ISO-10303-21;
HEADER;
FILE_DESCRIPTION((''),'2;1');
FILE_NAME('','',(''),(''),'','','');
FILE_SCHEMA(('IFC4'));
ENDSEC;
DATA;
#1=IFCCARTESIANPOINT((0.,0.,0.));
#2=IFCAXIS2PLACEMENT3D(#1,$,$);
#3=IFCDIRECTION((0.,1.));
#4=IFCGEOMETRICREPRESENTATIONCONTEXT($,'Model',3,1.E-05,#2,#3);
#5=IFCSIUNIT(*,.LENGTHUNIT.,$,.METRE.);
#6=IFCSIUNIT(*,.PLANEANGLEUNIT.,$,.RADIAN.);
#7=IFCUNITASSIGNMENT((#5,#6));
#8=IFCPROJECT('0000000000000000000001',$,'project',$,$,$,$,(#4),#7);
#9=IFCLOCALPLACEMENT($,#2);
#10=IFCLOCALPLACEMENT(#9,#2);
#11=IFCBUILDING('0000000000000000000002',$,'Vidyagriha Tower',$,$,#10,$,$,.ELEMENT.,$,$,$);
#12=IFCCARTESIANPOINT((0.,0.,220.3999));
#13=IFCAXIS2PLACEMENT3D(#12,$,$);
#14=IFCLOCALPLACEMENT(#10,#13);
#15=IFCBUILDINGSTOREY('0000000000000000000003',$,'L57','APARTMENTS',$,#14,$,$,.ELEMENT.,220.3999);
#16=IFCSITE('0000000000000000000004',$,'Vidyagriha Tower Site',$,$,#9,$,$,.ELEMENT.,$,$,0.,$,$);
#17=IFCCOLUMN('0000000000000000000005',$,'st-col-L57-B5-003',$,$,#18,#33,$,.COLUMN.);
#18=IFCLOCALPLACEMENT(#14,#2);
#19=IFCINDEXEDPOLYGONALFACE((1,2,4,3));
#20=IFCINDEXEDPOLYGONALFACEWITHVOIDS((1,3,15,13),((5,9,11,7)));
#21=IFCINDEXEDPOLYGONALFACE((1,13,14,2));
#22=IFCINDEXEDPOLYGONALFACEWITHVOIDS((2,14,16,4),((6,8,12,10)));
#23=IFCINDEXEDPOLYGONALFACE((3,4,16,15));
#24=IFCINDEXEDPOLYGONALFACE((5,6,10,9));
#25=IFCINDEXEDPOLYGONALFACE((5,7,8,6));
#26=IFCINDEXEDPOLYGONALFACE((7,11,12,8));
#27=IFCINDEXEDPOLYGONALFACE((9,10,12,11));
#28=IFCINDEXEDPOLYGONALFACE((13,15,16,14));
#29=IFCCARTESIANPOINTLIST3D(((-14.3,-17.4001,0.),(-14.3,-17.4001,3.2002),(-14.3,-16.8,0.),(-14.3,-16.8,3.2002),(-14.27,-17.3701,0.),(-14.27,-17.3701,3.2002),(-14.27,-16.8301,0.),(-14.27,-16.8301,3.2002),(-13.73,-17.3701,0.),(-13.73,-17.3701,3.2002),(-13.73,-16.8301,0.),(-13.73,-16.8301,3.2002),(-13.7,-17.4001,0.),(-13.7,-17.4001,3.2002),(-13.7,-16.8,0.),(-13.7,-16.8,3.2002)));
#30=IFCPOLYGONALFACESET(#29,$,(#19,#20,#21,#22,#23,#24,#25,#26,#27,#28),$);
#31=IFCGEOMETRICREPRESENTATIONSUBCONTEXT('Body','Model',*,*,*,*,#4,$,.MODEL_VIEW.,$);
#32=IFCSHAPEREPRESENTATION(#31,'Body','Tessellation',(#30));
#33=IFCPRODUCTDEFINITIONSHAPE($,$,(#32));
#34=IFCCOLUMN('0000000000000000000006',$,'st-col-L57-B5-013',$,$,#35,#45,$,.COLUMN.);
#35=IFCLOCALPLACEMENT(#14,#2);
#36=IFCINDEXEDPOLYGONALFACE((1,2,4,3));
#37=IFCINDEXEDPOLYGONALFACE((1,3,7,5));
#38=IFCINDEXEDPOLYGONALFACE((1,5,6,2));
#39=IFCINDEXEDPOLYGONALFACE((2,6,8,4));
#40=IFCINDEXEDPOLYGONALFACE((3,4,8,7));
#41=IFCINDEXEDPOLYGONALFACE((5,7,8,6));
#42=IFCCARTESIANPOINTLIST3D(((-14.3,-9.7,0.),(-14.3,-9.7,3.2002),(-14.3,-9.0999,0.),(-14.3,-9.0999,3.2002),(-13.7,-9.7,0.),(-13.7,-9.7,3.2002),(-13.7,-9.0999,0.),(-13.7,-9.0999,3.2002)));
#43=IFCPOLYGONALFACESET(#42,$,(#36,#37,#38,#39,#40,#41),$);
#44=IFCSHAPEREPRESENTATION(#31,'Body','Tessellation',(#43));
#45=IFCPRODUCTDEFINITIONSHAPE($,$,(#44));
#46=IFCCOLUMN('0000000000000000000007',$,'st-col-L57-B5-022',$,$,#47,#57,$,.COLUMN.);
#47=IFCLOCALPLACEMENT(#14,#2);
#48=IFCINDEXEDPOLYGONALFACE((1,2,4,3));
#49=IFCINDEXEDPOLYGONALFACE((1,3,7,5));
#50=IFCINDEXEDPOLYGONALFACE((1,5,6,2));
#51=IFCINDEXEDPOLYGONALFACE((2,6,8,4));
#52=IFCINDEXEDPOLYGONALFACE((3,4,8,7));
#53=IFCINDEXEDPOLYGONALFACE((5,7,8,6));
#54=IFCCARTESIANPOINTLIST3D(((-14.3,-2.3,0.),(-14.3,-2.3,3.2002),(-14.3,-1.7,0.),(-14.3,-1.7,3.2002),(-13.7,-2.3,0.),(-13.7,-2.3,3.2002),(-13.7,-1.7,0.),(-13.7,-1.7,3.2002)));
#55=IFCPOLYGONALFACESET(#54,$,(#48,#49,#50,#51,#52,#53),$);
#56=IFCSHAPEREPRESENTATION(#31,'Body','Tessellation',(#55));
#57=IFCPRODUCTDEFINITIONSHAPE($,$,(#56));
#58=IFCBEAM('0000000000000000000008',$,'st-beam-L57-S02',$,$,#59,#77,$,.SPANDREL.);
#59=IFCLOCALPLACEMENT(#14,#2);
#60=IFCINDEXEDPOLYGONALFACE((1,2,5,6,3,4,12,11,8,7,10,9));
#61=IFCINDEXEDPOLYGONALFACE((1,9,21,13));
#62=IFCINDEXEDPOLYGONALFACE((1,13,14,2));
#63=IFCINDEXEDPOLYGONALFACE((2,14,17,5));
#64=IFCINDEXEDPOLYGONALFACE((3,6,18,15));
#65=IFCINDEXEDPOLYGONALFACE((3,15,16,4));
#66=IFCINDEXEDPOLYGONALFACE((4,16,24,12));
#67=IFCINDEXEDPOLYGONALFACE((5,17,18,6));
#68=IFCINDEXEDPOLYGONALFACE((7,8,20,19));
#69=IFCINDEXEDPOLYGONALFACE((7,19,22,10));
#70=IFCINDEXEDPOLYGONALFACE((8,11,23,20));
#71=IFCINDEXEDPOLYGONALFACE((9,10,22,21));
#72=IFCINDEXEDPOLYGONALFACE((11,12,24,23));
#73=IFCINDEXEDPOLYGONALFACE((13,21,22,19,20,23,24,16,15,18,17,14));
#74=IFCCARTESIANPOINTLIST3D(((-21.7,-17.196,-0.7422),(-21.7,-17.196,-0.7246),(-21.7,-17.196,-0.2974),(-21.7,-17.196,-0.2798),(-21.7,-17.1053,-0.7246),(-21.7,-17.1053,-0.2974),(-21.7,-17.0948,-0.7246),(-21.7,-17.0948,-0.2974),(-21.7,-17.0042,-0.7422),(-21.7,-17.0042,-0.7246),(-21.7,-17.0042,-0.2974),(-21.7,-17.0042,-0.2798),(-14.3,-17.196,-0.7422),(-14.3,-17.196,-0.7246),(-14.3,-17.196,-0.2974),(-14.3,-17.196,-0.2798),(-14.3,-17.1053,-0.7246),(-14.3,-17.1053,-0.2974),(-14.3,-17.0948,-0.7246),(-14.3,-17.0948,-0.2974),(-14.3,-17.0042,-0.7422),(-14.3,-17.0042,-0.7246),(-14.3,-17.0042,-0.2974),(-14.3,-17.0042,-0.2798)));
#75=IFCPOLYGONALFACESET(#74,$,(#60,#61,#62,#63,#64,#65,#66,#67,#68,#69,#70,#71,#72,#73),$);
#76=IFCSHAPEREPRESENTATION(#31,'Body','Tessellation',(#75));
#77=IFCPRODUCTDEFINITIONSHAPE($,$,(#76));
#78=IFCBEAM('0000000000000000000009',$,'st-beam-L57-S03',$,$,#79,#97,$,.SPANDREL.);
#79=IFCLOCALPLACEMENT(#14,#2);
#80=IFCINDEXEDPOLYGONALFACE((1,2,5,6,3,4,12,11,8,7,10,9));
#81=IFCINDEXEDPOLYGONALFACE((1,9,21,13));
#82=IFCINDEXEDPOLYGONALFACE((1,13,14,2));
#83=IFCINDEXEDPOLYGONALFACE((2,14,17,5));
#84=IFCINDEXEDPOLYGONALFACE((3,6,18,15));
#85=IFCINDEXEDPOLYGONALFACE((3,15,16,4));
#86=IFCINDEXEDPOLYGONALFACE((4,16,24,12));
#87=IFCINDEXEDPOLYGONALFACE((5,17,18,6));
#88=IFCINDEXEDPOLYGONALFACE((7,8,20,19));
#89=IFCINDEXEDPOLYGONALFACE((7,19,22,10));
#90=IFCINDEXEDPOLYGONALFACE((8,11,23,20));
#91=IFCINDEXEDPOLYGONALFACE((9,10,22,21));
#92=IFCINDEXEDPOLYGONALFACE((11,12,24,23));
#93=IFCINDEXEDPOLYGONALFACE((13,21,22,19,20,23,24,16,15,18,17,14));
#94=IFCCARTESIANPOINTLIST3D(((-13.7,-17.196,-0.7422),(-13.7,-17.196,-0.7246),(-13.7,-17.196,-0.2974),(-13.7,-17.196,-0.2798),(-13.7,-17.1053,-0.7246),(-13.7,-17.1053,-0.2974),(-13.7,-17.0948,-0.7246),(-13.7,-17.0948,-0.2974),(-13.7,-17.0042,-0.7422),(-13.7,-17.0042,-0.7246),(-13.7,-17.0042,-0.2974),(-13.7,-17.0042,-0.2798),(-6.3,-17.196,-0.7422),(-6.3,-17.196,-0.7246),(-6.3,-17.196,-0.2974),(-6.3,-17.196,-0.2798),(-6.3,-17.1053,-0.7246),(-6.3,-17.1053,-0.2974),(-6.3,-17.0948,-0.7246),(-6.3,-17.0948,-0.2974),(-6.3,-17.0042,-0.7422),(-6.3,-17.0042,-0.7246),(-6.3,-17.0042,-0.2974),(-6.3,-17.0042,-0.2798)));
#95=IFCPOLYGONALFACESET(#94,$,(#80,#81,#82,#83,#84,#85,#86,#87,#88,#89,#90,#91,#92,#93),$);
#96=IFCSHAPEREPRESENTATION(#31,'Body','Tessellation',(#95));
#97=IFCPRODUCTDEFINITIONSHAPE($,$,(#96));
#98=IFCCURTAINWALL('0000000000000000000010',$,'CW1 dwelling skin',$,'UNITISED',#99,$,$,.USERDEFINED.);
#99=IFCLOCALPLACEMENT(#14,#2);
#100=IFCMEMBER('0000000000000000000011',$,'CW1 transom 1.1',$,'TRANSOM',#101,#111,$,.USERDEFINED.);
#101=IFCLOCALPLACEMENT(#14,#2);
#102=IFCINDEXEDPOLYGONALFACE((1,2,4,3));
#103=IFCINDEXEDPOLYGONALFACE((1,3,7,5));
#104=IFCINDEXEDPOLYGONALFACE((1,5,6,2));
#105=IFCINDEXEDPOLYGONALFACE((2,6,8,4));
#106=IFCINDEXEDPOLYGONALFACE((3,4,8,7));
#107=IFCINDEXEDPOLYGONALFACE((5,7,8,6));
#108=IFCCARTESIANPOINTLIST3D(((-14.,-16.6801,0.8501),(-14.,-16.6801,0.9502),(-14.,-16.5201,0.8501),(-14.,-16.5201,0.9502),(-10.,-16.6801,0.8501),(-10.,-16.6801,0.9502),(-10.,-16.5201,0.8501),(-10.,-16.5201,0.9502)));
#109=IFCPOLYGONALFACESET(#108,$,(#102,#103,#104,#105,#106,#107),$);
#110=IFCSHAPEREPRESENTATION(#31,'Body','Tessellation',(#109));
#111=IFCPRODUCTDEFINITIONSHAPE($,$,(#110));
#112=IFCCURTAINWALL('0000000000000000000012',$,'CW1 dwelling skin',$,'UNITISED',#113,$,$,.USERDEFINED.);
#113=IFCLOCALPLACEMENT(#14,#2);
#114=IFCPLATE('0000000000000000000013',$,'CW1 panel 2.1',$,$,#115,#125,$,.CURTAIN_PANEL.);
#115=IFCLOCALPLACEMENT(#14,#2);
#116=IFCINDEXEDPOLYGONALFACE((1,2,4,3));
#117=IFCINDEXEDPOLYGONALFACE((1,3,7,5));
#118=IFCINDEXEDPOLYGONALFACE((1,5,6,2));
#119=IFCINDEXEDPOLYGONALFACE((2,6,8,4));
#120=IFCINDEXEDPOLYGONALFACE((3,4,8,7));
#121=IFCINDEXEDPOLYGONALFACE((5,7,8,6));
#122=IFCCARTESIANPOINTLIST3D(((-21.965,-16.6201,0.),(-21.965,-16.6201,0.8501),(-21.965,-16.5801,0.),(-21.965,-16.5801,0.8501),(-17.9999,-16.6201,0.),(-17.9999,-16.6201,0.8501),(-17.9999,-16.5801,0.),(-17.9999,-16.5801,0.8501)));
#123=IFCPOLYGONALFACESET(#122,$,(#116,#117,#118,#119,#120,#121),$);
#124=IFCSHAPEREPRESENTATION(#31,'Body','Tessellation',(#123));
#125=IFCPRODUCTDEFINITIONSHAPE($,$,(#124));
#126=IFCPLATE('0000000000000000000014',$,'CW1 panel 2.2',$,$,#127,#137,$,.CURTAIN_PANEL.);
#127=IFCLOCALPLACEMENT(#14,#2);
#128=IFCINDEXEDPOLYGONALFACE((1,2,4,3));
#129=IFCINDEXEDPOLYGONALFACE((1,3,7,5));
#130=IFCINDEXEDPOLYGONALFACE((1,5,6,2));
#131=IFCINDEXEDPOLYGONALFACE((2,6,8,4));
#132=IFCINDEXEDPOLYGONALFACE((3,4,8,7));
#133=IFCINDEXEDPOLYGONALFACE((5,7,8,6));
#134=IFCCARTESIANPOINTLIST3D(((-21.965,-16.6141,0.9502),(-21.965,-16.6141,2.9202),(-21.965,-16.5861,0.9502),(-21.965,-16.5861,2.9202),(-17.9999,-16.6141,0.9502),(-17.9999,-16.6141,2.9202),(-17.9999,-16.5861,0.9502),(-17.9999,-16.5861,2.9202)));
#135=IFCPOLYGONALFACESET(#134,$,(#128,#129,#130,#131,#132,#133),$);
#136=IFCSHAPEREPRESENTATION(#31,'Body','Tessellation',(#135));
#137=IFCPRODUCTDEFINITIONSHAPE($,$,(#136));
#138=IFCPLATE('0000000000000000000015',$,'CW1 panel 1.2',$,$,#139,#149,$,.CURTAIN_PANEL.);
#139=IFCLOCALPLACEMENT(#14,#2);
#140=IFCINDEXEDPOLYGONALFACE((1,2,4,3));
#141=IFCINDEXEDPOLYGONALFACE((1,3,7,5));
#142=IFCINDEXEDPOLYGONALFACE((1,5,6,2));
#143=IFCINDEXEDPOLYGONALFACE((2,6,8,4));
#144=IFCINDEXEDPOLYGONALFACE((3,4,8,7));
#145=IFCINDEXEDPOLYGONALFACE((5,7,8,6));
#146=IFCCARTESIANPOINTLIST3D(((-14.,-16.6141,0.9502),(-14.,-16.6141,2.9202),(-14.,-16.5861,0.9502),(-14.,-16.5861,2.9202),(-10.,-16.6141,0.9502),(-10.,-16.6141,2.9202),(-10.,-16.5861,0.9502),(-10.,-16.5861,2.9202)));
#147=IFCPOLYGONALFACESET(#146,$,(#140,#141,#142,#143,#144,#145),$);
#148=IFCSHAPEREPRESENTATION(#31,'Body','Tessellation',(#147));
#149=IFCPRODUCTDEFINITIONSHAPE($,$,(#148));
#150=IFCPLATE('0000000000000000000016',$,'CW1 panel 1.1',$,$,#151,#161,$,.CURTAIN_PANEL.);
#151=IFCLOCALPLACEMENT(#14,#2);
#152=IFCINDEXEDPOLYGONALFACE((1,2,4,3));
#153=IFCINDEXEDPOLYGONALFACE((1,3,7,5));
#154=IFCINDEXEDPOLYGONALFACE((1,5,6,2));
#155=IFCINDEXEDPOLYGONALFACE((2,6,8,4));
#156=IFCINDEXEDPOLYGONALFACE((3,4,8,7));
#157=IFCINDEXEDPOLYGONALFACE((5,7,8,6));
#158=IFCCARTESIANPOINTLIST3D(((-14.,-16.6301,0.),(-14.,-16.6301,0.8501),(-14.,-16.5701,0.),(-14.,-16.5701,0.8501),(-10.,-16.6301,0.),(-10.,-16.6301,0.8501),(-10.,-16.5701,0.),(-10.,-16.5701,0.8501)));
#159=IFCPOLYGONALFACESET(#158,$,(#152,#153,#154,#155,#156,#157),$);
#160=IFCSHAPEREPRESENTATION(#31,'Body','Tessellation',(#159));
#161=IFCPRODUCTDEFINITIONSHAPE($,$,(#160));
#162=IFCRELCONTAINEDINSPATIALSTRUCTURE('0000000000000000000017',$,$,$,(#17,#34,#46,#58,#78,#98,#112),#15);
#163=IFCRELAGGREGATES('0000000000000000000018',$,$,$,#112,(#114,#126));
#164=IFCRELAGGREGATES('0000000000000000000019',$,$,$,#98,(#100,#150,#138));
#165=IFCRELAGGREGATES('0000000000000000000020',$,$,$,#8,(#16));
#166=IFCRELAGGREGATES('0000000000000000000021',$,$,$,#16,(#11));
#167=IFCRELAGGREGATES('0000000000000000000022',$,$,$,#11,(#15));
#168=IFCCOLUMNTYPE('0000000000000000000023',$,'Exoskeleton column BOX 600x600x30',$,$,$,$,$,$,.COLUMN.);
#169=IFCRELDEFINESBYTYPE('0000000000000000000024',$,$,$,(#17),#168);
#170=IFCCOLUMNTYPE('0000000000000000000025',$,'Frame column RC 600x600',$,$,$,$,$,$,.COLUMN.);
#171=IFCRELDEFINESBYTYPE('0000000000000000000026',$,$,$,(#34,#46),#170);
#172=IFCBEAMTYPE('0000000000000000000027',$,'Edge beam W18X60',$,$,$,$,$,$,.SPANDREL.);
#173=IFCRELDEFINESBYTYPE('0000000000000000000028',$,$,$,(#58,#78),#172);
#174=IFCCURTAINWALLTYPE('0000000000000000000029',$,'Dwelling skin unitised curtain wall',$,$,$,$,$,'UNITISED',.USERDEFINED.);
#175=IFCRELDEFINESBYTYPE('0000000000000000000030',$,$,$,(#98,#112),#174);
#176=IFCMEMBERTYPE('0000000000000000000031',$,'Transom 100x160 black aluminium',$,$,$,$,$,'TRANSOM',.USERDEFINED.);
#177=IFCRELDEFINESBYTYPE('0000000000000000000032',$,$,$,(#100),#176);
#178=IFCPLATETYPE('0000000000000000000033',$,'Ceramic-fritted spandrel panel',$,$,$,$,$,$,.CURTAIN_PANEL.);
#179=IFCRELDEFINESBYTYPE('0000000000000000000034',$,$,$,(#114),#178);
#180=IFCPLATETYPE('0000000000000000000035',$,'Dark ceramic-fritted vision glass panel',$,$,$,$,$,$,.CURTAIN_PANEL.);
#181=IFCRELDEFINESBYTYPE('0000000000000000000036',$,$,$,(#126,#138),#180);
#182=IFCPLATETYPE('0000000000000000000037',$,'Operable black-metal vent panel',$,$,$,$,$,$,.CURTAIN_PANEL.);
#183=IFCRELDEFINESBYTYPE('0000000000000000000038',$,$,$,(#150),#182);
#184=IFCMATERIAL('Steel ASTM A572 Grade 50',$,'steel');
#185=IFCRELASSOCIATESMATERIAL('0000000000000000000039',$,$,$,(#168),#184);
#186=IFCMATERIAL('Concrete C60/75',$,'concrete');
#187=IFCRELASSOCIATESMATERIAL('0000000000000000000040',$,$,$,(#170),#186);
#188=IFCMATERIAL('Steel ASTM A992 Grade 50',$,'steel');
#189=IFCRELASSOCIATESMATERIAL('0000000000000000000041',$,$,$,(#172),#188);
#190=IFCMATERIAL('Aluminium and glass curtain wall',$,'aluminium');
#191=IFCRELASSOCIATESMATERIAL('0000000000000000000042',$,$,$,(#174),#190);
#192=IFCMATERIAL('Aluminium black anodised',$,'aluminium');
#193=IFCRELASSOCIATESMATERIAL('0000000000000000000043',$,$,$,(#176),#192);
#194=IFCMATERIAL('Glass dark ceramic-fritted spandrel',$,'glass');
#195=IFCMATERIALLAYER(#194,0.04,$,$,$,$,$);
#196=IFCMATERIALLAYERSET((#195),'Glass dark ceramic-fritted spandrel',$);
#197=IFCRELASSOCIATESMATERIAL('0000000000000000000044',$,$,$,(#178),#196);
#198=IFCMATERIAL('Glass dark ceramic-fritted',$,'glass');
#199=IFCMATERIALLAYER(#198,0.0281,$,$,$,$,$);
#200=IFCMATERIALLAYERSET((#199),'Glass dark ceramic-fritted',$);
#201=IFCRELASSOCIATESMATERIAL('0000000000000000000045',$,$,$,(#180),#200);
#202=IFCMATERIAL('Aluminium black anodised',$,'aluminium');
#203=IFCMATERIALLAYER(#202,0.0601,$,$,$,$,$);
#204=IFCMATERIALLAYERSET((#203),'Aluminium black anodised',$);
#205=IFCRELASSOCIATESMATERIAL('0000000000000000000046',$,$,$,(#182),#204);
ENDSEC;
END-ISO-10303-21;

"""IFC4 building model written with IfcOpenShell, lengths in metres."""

from ifc_helpers import new_model, si_unit, direction, frame, origin, origin_2d, place, context, subcontext, project, spatial, rectangle, hollow_rectangle, i_section, extrude, material, layer, layer_set, material_profile, profile_set, type_object, element, aggregate, save


model = new_model("IFC4")

# Units and contexts
model_context = context("Model", 3, precision=1e-05, world=origin(), true_north=direction((0.0, 1.0)))
body_context = subcontext(model_context, "Body", "Model", "MODEL_VIEW")
ifc_project = project(units=[si_unit("LENGTHUNIT", "METRE"), si_unit("PLANEANGLEUNIT", "RADIAN")], contexts=[model_context])

# Site, building, storey
site_placement = place(None, origin())
site = spatial("IfcSite", under=ifc_project, at=site_placement, Name="Vidyagriha Tower Site", CompositionType="ELEMENT", RefElevation=0.0)
building_placement = place(site_placement, origin())
building = spatial("IfcBuilding", under=site, at=building_placement, Name="Vidyagriha Tower", CompositionType="ELEMENT")
storey_placement = place(building_placement, frame((0.0, 0.0, 220.3999)))
storey = spatial("IfcBuildingStorey", under=building, at=storey_placement, Name="L57", Description="APARTMENTS", CompositionType="ELEMENT", Elevation=220.3999)

# Columns
ifc_material_1 = material(Name="Steel ASTM A572 Grade 50", Category="steel")
ifc_material_profile_1 = material_profile(ifc_material_1, hollow_rectangle(XDim=0.6001, YDim=0.6001, WallThickness=0.03, at=origin_2d()), Name="BOX 600x600x30")
ifc_profile_set_1 = profile_set([ifc_material_profile_1], Name="Steel ASTM A572 Grade 50")
column_type_1 = type_object("IfcColumnType", Name="Exoskeleton column BOX 600x600x30", PredefinedType="COLUMN", material=ifc_profile_set_1)
column_placement = place(storey_placement, frame((-14.0, -17.1001, 0.0)))
element("IfcColumn", 1, at=column_placement, inside=storey, type_object=column_type_1, Name="st-col-L57-B5-003", PredefinedType="COLUMN", context=body_context, shape_type="SweptSolid", body=[
    extrude(hollow_rectangle(XDim=0.6001, YDim=0.6001, WallThickness=0.03, at=origin_2d()), origin(), (0.0, 0.0, 1.0), 3.2002),
])
ifc_material_2 = material(Name="Concrete C60/75", Category="concrete")
ifc_material_profile_2 = material_profile(ifc_material_2, rectangle(XDim=0.6001, YDim=0.6001, at=origin_2d()), Name="RC 600x600")
ifc_profile_set_2 = profile_set([ifc_material_profile_2], Name="Concrete C60/75")
column_type_2 = type_object("IfcColumnType", Name="Frame column RC 600x600", PredefinedType="COLUMN", material=ifc_profile_set_2)
for number, where, name in (
    (2, (-14.0, -9.3999, 0.0), "st-col-L57-B5-013"),
    (3, (-14.0, -2.0, 0.0), "st-col-L57-B5-022"),
):
    element("IfcColumn", number, at=place(storey_placement, frame(where)), inside=storey, type_object=column_type_2, Name=name, PredefinedType="COLUMN", context=body_context, shape_type="SweptSolid", body=[
        extrude(rectangle(XDim=0.6001, YDim=0.6001, at=origin_2d()), origin(), (0.0, 0.0, 1.0), 3.2002),
    ])

# Beams
ifc_material_3 = material(Name="Steel ASTM A992 Grade 50", Category="steel")
ifc_material_profile_3 = material_profile(ifc_material_3, i_section(OverallWidth=0.1919, OverallDepth=0.4624, WebThickness=0.0105, FlangeThickness=0.0176, at=origin_2d()), Name="W18X60")
ifc_profile_set_3 = profile_set([ifc_material_profile_3], Name="Steel ASTM A992 Grade 50")
beam_type = type_object("IfcBeamType", Name="Edge beam W18X60", PredefinedType="SPANDREL", material=ifc_profile_set_3)
for number, where, z_axis, x_axis, name in (
    (4, (-21.7, -17.1001, -0.511), (1.0, 0.0, 0.0), (0.0, 1.0, 0.0), "st-beam-L57-S02"),
    (5, (-13.7, -17.1001, -0.511), (1.0, 0.0, 0.0), (0.0, 1.0, 0.0), "st-beam-L57-S03"),
):
    element("IfcBeam", number, at=place(storey_placement, frame(where, z_axis=z_axis, x_axis=x_axis)), inside=storey, type_object=beam_type, Name=name, PredefinedType="SPANDREL", context=body_context, shape_type="SweptSolid", body=[
        extrude(i_section(OverallWidth=0.1919, OverallDepth=0.4624, WebThickness=0.0105, FlangeThickness=0.0176, at=origin_2d()), origin(), (0.0, 0.0, 1.0), 7.3999),
    ])

# Curtain wall, member
ifc_material_4 = material(Name="Aluminium and glass curtain wall", Category="aluminium")
curtain_wall_type = type_object("IfcCurtainWallType", Name="Dwelling skin unitised curtain wall", ElementType="UNITISED", PredefinedType="USERDEFINED", material=ifc_material_4)
curtain_wall_1_placement = place(storey_placement, origin())
curtain_wall_1 = element("IfcCurtainWall", 6, at=curtain_wall_1_placement, inside=storey, type_object=curtain_wall_type, Name="CW1 dwelling skin", ObjectType="UNITISED", PredefinedType="USERDEFINED")
ifc_material_5 = material(Name="Aluminium black anodised", Category="aluminium")
ifc_material_profile_4 = material_profile(ifc_material_5, rectangle(XDim=0.1599, YDim=0.1001, at=origin_2d()), Name="Transom 100x160 black aluminium")
ifc_profile_set_4 = profile_set([ifc_material_profile_4], Name="Aluminium black anodised")
member_type = type_object("IfcMemberType", Name="Transom 100x160 black aluminium", ElementType="TRANSOM", PredefinedType="USERDEFINED", material=ifc_profile_set_4)
member_placement = place(storey_placement, frame((-14.0, -16.6001, 0.9001), z_axis=(1.0, 0.0, 0.0), x_axis=(0.0, 1.0, 0.0)))
member = element("IfcMember", 7, at=member_placement, type_object=member_type, Name="CW1 transom 1.1", ObjectType="TRANSOM", PredefinedType="USERDEFINED", context=body_context, shape_type="SweptSolid", body=[
    extrude(rectangle(XDim=0.1599, YDim=0.1001, at=origin_2d()), origin(), (0.0, 0.0, 1.0), 4.0),
])

# Curtain wall, plates
curtain_wall_2_placement = place(storey_placement, origin())
curtain_wall_2 = element("IfcCurtainWall", 8, at=curtain_wall_2_placement, inside=storey, type_object=curtain_wall_type, Name="CW1 dwelling skin", ObjectType="UNITISED", PredefinedType="USERDEFINED")
ifc_material_6 = material(Name="Glass dark ceramic-fritted spandrel", Category="glass")
ifc_layer_1 = layer(ifc_material_6, 0.04)
ifc_layer_set_1 = layer_set([ifc_layer_1], Name="Glass dark ceramic-fritted spandrel")
plate_type_1 = type_object("IfcPlateType", Name="Ceramic-fritted spandrel panel", PredefinedType="CURTAIN_PANEL", material=ifc_layer_set_1)
plate_1_placement = place(storey_placement, frame((-19.9824, -16.6001, 0.0)))
plate_1 = element("IfcPlate", 9, at=plate_1_placement, type_object=plate_type_1, Name="CW1 panel 2.1", PredefinedType="CURTAIN_PANEL", context=body_context, shape_type="SweptSolid", body=[
    extrude(rectangle(XDim=3.9651, YDim=0.04, at=origin_2d()), origin(), (0.0, 0.0, 1.0), 0.8501),
])
ifc_material_7 = material(Name="Glass dark ceramic-fritted", Category="glass")
ifc_layer_2 = layer(ifc_material_7, 0.0281)
ifc_layer_set_2 = layer_set([ifc_layer_2], Name="Glass dark ceramic-fritted")
plate_type_2 = type_object("IfcPlateType", Name="Dark ceramic-fritted vision glass panel", PredefinedType="CURTAIN_PANEL", material=ifc_layer_set_2)
plate_2_placement = place(storey_placement, frame((-19.9824, -16.6001, 0.9502)))
plate_2 = element("IfcPlate", 10, at=plate_2_placement, type_object=plate_type_2, Name="CW1 panel 2.2", PredefinedType="CURTAIN_PANEL", context=body_context, shape_type="SweptSolid", body=[
    extrude(rectangle(XDim=3.9651, YDim=0.0281, at=origin_2d()), origin(), (0.0, 0.0, 1.0), 1.97),
])
aggregate(curtain_wall_2, [plate_1, plate_2])

# Plates
plate_3_placement = place(storey_placement, frame((-12.0, -16.6001, 0.9502)))
plate_3 = element("IfcPlate", 11, at=plate_3_placement, type_object=plate_type_2, Name="CW1 panel 1.2", PredefinedType="CURTAIN_PANEL", context=body_context, shape_type="SweptSolid", body=[
    extrude(rectangle(XDim=4.0, YDim=0.0281, at=origin_2d()), origin(), (0.0, 0.0, 1.0), 1.97),
])
ifc_material_8 = material(Name="Aluminium black anodised", Category="aluminium")
ifc_layer_3 = layer(ifc_material_8, 0.0601)
ifc_layer_set_3 = layer_set([ifc_layer_3], Name="Aluminium black anodised")
plate_type_3 = type_object("IfcPlateType", Name="Operable black-metal vent panel", PredefinedType="CURTAIN_PANEL", material=ifc_layer_set_3)
plate_4_placement = place(storey_placement, frame((-12.0, -16.6001, 0.0)))
plate_4 = element("IfcPlate", 12, at=plate_4_placement, type_object=plate_type_3, Name="CW1 panel 1.1", PredefinedType="CURTAIN_PANEL", context=body_context, shape_type="SweptSolid", body=[
    extrude(rectangle(XDim=4.0, YDim=0.0601, at=origin_2d()), origin(), (0.0, 0.0, 1.0), 0.8501),
])
aggregate(curtain_wall_1, [member, plate_4, plate_3])

save(model, "model.ifc")
